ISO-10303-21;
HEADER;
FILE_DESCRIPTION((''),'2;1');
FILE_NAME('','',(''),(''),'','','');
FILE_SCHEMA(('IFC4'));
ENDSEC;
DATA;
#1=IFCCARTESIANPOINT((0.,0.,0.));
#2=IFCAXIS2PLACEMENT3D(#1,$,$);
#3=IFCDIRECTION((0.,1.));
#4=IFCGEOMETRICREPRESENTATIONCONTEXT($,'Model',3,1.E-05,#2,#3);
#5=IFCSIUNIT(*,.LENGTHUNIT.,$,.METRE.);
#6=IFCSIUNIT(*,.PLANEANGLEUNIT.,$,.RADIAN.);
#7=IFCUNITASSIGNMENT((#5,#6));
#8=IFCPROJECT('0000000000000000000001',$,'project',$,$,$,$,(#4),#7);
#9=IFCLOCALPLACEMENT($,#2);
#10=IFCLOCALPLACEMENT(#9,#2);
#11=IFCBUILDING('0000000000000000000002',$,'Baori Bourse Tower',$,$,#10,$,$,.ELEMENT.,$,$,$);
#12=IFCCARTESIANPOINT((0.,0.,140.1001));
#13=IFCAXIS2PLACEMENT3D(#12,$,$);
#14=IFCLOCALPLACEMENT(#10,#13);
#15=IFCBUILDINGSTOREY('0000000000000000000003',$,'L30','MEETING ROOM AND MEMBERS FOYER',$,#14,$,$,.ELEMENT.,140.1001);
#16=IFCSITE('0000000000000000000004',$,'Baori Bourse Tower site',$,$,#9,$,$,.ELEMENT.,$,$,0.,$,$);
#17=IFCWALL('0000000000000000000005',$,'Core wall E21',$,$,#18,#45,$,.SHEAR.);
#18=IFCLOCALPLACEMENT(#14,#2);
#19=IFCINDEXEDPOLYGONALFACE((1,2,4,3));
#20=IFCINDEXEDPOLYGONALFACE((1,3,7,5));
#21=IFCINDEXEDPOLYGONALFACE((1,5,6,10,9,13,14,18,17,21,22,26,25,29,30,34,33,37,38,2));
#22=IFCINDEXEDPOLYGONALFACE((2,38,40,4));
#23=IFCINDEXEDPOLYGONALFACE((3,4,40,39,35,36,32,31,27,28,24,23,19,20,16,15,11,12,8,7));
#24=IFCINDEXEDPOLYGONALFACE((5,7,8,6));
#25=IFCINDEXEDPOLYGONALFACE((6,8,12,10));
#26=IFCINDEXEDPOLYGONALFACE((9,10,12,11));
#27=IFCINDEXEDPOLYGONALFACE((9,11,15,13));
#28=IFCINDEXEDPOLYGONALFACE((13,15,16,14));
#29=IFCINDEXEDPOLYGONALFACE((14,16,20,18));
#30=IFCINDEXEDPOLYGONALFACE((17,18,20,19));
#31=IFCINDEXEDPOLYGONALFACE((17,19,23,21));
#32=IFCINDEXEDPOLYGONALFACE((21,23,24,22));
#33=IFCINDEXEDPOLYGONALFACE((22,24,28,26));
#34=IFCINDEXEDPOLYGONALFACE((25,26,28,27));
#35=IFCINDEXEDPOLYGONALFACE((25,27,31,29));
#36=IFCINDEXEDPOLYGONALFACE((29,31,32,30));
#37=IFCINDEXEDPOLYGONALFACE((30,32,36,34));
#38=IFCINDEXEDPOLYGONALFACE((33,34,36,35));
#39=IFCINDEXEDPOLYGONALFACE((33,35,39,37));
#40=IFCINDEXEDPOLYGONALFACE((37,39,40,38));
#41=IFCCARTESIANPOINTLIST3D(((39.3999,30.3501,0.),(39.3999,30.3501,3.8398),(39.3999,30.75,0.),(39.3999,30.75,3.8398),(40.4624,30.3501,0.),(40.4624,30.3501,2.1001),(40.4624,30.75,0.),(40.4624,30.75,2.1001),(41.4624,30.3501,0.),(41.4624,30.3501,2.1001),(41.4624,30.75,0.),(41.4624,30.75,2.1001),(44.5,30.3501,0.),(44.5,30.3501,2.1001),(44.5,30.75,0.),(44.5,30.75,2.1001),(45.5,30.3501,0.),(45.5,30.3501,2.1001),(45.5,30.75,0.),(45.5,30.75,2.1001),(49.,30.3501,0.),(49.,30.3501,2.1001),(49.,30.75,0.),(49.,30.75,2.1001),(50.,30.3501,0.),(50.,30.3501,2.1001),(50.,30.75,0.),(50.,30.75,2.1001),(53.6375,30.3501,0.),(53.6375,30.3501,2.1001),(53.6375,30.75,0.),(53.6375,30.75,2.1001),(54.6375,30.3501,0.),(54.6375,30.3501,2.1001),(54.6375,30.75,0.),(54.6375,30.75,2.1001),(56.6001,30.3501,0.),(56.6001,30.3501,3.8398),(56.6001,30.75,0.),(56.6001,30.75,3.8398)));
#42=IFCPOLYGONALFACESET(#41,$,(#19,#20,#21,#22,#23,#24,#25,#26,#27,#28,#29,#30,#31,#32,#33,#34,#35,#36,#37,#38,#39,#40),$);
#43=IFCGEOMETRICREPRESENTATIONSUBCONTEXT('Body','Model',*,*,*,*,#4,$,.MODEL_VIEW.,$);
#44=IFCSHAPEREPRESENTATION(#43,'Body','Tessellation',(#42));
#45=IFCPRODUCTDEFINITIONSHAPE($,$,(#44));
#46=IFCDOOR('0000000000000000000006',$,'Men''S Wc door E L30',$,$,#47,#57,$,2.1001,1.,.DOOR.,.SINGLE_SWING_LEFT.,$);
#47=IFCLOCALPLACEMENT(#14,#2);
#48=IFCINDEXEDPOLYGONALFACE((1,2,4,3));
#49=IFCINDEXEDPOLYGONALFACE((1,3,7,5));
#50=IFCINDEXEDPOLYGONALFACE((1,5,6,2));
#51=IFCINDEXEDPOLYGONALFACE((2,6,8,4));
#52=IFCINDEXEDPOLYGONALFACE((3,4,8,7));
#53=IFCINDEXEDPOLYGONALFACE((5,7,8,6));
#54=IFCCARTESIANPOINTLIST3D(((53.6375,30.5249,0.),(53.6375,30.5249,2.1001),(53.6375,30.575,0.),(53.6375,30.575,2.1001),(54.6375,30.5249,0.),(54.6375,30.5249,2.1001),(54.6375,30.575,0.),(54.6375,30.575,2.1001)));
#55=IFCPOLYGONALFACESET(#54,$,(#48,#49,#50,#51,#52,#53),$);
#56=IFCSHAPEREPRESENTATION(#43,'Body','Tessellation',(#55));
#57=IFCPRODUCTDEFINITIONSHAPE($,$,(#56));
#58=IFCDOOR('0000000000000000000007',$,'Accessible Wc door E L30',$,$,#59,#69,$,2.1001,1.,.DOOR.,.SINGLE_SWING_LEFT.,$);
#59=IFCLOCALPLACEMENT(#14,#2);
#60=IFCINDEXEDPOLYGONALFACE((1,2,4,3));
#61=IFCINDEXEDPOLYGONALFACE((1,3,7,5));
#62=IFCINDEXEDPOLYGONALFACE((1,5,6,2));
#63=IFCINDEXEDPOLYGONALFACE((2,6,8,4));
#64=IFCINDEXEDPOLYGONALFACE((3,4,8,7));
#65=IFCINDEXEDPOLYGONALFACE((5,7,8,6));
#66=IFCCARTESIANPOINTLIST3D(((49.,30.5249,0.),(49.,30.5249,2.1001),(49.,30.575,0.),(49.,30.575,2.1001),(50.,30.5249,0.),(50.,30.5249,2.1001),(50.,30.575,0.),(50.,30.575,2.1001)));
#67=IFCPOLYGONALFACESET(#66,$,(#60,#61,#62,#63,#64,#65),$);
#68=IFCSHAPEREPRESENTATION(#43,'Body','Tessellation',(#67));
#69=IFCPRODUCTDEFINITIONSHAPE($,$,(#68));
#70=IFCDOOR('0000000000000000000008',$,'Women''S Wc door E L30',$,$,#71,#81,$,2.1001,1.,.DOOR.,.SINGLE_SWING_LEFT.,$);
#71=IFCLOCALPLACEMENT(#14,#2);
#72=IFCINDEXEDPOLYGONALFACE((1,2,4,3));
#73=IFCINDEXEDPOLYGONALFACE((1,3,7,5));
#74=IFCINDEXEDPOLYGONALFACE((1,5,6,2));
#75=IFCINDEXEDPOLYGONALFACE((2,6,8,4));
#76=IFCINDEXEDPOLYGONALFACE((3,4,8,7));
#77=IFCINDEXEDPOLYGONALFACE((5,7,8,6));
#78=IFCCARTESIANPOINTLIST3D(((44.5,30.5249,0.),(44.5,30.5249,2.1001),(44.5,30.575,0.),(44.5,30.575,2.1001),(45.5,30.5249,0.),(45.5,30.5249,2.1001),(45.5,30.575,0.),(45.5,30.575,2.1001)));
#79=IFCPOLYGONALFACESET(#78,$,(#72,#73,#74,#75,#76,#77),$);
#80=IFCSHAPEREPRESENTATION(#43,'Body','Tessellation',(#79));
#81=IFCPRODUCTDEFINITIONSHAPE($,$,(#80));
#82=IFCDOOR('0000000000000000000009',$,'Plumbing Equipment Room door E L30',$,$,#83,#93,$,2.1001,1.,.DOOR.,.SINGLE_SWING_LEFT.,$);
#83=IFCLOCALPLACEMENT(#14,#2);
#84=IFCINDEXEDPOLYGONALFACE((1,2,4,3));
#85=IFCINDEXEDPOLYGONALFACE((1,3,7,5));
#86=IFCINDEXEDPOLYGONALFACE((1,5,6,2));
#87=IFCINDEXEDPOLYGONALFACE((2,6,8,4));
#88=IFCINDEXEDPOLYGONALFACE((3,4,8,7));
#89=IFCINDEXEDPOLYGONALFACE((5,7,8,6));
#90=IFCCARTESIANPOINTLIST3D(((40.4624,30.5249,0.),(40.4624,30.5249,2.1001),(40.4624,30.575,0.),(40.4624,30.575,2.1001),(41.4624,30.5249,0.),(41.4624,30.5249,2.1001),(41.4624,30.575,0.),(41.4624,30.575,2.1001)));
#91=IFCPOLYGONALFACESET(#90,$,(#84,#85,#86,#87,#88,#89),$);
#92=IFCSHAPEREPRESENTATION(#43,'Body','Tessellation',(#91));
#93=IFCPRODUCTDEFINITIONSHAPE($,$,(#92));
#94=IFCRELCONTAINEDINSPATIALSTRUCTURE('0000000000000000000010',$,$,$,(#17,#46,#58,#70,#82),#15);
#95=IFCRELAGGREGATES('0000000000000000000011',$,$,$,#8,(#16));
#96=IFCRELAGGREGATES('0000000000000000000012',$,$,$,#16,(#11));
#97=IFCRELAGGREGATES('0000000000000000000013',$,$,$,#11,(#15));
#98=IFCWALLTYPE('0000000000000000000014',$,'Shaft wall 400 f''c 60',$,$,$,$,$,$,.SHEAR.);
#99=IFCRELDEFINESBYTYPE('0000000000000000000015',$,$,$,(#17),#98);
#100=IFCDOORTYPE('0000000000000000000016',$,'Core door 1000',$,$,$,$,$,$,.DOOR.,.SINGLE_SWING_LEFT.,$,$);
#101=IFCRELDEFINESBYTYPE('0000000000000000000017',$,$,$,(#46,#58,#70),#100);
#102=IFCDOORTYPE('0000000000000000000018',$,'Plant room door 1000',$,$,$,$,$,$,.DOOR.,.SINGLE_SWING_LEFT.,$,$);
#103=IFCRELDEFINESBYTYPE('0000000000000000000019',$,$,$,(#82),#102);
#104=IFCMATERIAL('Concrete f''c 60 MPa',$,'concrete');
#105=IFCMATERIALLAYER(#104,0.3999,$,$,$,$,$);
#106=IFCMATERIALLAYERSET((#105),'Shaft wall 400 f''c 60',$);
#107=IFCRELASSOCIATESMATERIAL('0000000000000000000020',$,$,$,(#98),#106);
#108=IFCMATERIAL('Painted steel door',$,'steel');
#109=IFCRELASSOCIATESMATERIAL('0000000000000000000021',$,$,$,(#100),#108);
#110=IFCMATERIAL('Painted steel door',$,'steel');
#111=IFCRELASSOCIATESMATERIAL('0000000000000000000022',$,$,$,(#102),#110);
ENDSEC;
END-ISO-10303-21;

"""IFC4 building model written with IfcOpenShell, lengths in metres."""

from ifc_helpers import new_model, si_unit, direction, frame, frame_2d, origin, place, context, subcontext, project, spatial, rectangle, extrude, material, layer, layer_set, type_object, element, fill, save


model = new_model("IFC4")

# Units and contexts
model_context = context("Model", 3, precision=1e-05, world=origin(), true_north=direction((0.0, 1.0)))
body_context = subcontext(model_context, "Body", "Model", "MODEL_VIEW")
ifc_project = project(units=[si_unit("LENGTHUNIT", "METRE"), si_unit("PLANEANGLEUNIT", "RADIAN")], contexts=[model_context])

# Site, building, storey
site_placement = place(None, origin())
site = spatial("IfcSite", under=ifc_project, at=site_placement, Name="Baori Bourse Tower site", CompositionType="ELEMENT", RefElevation=0.0)
building_placement = place(site_placement, origin())
building = spatial("IfcBuilding", under=site, at=building_placement, Name="Baori Bourse Tower", CompositionType="ELEMENT")
storey_placement = place(building_placement, frame((0.0, 0.0, 140.1001)))
storey = spatial("IfcBuildingStorey", under=building, at=storey_placement, Name="L30", Description="MEETING ROOM AND MEMBERS FOYER", CompositionType="ELEMENT", Elevation=140.1001)

# Wall, openings, doors
ifc_material_1 = material(Name="Concrete f'c 60 MPa", Category="concrete")
ifc_layer_1 = layer(ifc_material_1, 0.3999)
ifc_layer_set_1 = layer_set([ifc_layer_1], Name="Shaft wall 400 f'c 60")
wall_type_1 = type_object("IfcWallType", Name="Shaft wall 400 f'c 60", PredefinedType="SHEAR", material=ifc_layer_set_1)
wall_1_placement = place(storey_placement, frame((39.3999, 30.55, 0.0), z_axis=(0.0, 0.0, 1.0), x_axis=(1.0, 0.0, 0.0)))
wall_1 = element("IfcWall", 1, at=wall_1_placement, inside=storey, type_object=wall_type_1, Name="Core wall E21", PredefinedType="SHEAR", context=body_context, shape_type="SweptSolid", body=[
    extrude(rectangle(XDim=17.2002, YDim=0.3999, at=frame_2d((8.6001, 0.0))), origin(), (0.0, 0.0, 1.0), 3.8398),
])
opening_1_placement = place(wall_1_placement, frame((14.2375, 0.0, 0.0)))
opening_1 = element("IfcOpeningElement", 2, at=opening_1_placement, cuts=wall_1, PredefinedType="OPENING", context=body_context, shape_type="SweptSolid", body=[
    extrude(rectangle(XDim=1.0, YDim=2.1001, at=frame_2d((0.5, 1.05))), frame((0.0, 0.21, 0.0), z_axis=(0.0, -1.0, 0.0), x_axis=(1.0, 0.0, 0.0)), (0.0, 0.0, 1.0), 0.4199),
])
opening_2_placement = place(wall_1_placement, frame((9.6001, 0.0, 0.0)))
opening_2 = element("IfcOpeningElement", 3, at=opening_2_placement, cuts=wall_1, PredefinedType="OPENING", context=body_context, shape_type="SweptSolid", body=[
    extrude(rectangle(XDim=1.0, YDim=2.1001, at=frame_2d((0.5, 1.05))), frame((0.0, 0.21, 0.0), z_axis=(0.0, -1.0, 0.0), x_axis=(1.0, 0.0, 0.0)), (0.0, 0.0, 1.0), 0.4199),
])
opening_3_placement = place(wall_1_placement, frame((5.1001, 0.0, 0.0)))
opening_3 = element("IfcOpeningElement", 4, at=opening_3_placement, cuts=wall_1, PredefinedType="OPENING", context=body_context, shape_type="SweptSolid", body=[
    extrude(rectangle(XDim=1.0, YDim=2.1001, at=frame_2d((0.5, 1.05))), frame((0.0, 0.21, 0.0), z_axis=(0.0, -1.0, 0.0), x_axis=(1.0, 0.0, 0.0)), (0.0, 0.0, 1.0), 0.4199),
])
opening_4_placement = place(wall_1_placement, frame((1.0625, 0.0, 0.0)))
opening_4 = element("IfcOpeningElement", 5, at=opening_4_placement, cuts=wall_1, PredefinedType="OPENING", context=body_context, shape_type="SweptSolid", body=[
    extrude(rectangle(XDim=1.0, YDim=2.1001, at=frame_2d((0.5, 1.05))), frame((0.0, 0.21, 0.0), z_axis=(0.0, -1.0, 0.0), x_axis=(1.0, 0.0, 0.0)), (0.0, 0.0, 1.0), 0.4199),
])
ifc_material_2 = material(Name="Painted steel door", Category="steel")
door_type_1 = type_object("IfcDoorType", Name="Core door 1000", OperationType="SINGLE_SWING_LEFT", PredefinedType="DOOR", material=ifc_material_2)
door_1_placement = place(opening_1_placement, origin())
door_1 = element("IfcDoor", 6, at=door_1_placement, inside=storey, type_object=door_type_1, Name="Men'S Wc door E L30", OperationType="SINGLE_SWING_LEFT", OverallHeight=2.1001, OverallWidth=1.0, PredefinedType="DOOR", context=body_context, shape_type="SweptSolid", body=[
    extrude(rectangle(XDim=1.0, YDim=2.1001, at=frame_2d((0.5, 1.05))), frame((0.0, 0.0249, 0.0), z_axis=(0.0, -1.0, 0.0), x_axis=(1.0, 0.0, 0.0)), (0.0, 0.0, 1.0), 0.05),
])
fill(opening_1, door_1)
door_2_placement = place(opening_2_placement, origin())
door_2 = element("IfcDoor", 7, at=door_2_placement, inside=storey, type_object=door_type_1, Name="Accessible Wc door E L30", OperationType="SINGLE_SWING_LEFT", OverallHeight=2.1001, OverallWidth=1.0, PredefinedType="DOOR", context=body_context, shape_type="SweptSolid", body=[
    extrude(rectangle(XDim=1.0, YDim=2.1001, at=frame_2d((0.5, 1.05))), frame((0.0, 0.0249, 0.0), z_axis=(0.0, -1.0, 0.0), x_axis=(1.0, 0.0, 0.0)), (0.0, 0.0, 1.0), 0.05),
])
fill(opening_2, door_2)
door_3_placement = place(opening_3_placement, origin())
door_3 = element("IfcDoor", 8, at=door_3_placement, inside=storey, type_object=door_type_1, Name="Women'S Wc door E L30", OperationType="SINGLE_SWING_LEFT", OverallHeight=2.1001, OverallWidth=1.0, PredefinedType="DOOR", context=body_context, shape_type="SweptSolid", body=[
    extrude(rectangle(XDim=1.0, YDim=2.1001, at=frame_2d((0.5, 1.05))), frame((0.0, 0.0249, 0.0), z_axis=(0.0, -1.0, 0.0), x_axis=(1.0, 0.0, 0.0)), (0.0, 0.0, 1.0), 0.05),
])
fill(opening_3, door_3)
ifc_material_3 = material(Name="Painted steel door", Category="steel")
door_type_2 = type_object("IfcDoorType", Name="Plant room door 1000", OperationType="SINGLE_SWING_LEFT", PredefinedType="DOOR", material=ifc_material_3)
door_4_placement = place(opening_4_placement, origin())
door_4 = element("IfcDoor", 9, at=door_4_placement, inside=storey, type_object=door_type_2, Name="Plumbing Equipment Room door E L30", OperationType="SINGLE_SWING_LEFT", OverallHeight=2.1001, OverallWidth=1.0, PredefinedType="DOOR", context=body_context, shape_type="SweptSolid", body=[
    extrude(rectangle(XDim=1.0, YDim=2.1001, at=frame_2d((0.5, 1.05))), frame((0.0, 0.0249, 0.0), z_axis=(0.0, -1.0, 0.0), x_axis=(1.0, 0.0, 0.0)), (0.0, 0.0, 1.0), 0.05),
])
fill(opening_4, door_4)

save(model, "model.ifc")
